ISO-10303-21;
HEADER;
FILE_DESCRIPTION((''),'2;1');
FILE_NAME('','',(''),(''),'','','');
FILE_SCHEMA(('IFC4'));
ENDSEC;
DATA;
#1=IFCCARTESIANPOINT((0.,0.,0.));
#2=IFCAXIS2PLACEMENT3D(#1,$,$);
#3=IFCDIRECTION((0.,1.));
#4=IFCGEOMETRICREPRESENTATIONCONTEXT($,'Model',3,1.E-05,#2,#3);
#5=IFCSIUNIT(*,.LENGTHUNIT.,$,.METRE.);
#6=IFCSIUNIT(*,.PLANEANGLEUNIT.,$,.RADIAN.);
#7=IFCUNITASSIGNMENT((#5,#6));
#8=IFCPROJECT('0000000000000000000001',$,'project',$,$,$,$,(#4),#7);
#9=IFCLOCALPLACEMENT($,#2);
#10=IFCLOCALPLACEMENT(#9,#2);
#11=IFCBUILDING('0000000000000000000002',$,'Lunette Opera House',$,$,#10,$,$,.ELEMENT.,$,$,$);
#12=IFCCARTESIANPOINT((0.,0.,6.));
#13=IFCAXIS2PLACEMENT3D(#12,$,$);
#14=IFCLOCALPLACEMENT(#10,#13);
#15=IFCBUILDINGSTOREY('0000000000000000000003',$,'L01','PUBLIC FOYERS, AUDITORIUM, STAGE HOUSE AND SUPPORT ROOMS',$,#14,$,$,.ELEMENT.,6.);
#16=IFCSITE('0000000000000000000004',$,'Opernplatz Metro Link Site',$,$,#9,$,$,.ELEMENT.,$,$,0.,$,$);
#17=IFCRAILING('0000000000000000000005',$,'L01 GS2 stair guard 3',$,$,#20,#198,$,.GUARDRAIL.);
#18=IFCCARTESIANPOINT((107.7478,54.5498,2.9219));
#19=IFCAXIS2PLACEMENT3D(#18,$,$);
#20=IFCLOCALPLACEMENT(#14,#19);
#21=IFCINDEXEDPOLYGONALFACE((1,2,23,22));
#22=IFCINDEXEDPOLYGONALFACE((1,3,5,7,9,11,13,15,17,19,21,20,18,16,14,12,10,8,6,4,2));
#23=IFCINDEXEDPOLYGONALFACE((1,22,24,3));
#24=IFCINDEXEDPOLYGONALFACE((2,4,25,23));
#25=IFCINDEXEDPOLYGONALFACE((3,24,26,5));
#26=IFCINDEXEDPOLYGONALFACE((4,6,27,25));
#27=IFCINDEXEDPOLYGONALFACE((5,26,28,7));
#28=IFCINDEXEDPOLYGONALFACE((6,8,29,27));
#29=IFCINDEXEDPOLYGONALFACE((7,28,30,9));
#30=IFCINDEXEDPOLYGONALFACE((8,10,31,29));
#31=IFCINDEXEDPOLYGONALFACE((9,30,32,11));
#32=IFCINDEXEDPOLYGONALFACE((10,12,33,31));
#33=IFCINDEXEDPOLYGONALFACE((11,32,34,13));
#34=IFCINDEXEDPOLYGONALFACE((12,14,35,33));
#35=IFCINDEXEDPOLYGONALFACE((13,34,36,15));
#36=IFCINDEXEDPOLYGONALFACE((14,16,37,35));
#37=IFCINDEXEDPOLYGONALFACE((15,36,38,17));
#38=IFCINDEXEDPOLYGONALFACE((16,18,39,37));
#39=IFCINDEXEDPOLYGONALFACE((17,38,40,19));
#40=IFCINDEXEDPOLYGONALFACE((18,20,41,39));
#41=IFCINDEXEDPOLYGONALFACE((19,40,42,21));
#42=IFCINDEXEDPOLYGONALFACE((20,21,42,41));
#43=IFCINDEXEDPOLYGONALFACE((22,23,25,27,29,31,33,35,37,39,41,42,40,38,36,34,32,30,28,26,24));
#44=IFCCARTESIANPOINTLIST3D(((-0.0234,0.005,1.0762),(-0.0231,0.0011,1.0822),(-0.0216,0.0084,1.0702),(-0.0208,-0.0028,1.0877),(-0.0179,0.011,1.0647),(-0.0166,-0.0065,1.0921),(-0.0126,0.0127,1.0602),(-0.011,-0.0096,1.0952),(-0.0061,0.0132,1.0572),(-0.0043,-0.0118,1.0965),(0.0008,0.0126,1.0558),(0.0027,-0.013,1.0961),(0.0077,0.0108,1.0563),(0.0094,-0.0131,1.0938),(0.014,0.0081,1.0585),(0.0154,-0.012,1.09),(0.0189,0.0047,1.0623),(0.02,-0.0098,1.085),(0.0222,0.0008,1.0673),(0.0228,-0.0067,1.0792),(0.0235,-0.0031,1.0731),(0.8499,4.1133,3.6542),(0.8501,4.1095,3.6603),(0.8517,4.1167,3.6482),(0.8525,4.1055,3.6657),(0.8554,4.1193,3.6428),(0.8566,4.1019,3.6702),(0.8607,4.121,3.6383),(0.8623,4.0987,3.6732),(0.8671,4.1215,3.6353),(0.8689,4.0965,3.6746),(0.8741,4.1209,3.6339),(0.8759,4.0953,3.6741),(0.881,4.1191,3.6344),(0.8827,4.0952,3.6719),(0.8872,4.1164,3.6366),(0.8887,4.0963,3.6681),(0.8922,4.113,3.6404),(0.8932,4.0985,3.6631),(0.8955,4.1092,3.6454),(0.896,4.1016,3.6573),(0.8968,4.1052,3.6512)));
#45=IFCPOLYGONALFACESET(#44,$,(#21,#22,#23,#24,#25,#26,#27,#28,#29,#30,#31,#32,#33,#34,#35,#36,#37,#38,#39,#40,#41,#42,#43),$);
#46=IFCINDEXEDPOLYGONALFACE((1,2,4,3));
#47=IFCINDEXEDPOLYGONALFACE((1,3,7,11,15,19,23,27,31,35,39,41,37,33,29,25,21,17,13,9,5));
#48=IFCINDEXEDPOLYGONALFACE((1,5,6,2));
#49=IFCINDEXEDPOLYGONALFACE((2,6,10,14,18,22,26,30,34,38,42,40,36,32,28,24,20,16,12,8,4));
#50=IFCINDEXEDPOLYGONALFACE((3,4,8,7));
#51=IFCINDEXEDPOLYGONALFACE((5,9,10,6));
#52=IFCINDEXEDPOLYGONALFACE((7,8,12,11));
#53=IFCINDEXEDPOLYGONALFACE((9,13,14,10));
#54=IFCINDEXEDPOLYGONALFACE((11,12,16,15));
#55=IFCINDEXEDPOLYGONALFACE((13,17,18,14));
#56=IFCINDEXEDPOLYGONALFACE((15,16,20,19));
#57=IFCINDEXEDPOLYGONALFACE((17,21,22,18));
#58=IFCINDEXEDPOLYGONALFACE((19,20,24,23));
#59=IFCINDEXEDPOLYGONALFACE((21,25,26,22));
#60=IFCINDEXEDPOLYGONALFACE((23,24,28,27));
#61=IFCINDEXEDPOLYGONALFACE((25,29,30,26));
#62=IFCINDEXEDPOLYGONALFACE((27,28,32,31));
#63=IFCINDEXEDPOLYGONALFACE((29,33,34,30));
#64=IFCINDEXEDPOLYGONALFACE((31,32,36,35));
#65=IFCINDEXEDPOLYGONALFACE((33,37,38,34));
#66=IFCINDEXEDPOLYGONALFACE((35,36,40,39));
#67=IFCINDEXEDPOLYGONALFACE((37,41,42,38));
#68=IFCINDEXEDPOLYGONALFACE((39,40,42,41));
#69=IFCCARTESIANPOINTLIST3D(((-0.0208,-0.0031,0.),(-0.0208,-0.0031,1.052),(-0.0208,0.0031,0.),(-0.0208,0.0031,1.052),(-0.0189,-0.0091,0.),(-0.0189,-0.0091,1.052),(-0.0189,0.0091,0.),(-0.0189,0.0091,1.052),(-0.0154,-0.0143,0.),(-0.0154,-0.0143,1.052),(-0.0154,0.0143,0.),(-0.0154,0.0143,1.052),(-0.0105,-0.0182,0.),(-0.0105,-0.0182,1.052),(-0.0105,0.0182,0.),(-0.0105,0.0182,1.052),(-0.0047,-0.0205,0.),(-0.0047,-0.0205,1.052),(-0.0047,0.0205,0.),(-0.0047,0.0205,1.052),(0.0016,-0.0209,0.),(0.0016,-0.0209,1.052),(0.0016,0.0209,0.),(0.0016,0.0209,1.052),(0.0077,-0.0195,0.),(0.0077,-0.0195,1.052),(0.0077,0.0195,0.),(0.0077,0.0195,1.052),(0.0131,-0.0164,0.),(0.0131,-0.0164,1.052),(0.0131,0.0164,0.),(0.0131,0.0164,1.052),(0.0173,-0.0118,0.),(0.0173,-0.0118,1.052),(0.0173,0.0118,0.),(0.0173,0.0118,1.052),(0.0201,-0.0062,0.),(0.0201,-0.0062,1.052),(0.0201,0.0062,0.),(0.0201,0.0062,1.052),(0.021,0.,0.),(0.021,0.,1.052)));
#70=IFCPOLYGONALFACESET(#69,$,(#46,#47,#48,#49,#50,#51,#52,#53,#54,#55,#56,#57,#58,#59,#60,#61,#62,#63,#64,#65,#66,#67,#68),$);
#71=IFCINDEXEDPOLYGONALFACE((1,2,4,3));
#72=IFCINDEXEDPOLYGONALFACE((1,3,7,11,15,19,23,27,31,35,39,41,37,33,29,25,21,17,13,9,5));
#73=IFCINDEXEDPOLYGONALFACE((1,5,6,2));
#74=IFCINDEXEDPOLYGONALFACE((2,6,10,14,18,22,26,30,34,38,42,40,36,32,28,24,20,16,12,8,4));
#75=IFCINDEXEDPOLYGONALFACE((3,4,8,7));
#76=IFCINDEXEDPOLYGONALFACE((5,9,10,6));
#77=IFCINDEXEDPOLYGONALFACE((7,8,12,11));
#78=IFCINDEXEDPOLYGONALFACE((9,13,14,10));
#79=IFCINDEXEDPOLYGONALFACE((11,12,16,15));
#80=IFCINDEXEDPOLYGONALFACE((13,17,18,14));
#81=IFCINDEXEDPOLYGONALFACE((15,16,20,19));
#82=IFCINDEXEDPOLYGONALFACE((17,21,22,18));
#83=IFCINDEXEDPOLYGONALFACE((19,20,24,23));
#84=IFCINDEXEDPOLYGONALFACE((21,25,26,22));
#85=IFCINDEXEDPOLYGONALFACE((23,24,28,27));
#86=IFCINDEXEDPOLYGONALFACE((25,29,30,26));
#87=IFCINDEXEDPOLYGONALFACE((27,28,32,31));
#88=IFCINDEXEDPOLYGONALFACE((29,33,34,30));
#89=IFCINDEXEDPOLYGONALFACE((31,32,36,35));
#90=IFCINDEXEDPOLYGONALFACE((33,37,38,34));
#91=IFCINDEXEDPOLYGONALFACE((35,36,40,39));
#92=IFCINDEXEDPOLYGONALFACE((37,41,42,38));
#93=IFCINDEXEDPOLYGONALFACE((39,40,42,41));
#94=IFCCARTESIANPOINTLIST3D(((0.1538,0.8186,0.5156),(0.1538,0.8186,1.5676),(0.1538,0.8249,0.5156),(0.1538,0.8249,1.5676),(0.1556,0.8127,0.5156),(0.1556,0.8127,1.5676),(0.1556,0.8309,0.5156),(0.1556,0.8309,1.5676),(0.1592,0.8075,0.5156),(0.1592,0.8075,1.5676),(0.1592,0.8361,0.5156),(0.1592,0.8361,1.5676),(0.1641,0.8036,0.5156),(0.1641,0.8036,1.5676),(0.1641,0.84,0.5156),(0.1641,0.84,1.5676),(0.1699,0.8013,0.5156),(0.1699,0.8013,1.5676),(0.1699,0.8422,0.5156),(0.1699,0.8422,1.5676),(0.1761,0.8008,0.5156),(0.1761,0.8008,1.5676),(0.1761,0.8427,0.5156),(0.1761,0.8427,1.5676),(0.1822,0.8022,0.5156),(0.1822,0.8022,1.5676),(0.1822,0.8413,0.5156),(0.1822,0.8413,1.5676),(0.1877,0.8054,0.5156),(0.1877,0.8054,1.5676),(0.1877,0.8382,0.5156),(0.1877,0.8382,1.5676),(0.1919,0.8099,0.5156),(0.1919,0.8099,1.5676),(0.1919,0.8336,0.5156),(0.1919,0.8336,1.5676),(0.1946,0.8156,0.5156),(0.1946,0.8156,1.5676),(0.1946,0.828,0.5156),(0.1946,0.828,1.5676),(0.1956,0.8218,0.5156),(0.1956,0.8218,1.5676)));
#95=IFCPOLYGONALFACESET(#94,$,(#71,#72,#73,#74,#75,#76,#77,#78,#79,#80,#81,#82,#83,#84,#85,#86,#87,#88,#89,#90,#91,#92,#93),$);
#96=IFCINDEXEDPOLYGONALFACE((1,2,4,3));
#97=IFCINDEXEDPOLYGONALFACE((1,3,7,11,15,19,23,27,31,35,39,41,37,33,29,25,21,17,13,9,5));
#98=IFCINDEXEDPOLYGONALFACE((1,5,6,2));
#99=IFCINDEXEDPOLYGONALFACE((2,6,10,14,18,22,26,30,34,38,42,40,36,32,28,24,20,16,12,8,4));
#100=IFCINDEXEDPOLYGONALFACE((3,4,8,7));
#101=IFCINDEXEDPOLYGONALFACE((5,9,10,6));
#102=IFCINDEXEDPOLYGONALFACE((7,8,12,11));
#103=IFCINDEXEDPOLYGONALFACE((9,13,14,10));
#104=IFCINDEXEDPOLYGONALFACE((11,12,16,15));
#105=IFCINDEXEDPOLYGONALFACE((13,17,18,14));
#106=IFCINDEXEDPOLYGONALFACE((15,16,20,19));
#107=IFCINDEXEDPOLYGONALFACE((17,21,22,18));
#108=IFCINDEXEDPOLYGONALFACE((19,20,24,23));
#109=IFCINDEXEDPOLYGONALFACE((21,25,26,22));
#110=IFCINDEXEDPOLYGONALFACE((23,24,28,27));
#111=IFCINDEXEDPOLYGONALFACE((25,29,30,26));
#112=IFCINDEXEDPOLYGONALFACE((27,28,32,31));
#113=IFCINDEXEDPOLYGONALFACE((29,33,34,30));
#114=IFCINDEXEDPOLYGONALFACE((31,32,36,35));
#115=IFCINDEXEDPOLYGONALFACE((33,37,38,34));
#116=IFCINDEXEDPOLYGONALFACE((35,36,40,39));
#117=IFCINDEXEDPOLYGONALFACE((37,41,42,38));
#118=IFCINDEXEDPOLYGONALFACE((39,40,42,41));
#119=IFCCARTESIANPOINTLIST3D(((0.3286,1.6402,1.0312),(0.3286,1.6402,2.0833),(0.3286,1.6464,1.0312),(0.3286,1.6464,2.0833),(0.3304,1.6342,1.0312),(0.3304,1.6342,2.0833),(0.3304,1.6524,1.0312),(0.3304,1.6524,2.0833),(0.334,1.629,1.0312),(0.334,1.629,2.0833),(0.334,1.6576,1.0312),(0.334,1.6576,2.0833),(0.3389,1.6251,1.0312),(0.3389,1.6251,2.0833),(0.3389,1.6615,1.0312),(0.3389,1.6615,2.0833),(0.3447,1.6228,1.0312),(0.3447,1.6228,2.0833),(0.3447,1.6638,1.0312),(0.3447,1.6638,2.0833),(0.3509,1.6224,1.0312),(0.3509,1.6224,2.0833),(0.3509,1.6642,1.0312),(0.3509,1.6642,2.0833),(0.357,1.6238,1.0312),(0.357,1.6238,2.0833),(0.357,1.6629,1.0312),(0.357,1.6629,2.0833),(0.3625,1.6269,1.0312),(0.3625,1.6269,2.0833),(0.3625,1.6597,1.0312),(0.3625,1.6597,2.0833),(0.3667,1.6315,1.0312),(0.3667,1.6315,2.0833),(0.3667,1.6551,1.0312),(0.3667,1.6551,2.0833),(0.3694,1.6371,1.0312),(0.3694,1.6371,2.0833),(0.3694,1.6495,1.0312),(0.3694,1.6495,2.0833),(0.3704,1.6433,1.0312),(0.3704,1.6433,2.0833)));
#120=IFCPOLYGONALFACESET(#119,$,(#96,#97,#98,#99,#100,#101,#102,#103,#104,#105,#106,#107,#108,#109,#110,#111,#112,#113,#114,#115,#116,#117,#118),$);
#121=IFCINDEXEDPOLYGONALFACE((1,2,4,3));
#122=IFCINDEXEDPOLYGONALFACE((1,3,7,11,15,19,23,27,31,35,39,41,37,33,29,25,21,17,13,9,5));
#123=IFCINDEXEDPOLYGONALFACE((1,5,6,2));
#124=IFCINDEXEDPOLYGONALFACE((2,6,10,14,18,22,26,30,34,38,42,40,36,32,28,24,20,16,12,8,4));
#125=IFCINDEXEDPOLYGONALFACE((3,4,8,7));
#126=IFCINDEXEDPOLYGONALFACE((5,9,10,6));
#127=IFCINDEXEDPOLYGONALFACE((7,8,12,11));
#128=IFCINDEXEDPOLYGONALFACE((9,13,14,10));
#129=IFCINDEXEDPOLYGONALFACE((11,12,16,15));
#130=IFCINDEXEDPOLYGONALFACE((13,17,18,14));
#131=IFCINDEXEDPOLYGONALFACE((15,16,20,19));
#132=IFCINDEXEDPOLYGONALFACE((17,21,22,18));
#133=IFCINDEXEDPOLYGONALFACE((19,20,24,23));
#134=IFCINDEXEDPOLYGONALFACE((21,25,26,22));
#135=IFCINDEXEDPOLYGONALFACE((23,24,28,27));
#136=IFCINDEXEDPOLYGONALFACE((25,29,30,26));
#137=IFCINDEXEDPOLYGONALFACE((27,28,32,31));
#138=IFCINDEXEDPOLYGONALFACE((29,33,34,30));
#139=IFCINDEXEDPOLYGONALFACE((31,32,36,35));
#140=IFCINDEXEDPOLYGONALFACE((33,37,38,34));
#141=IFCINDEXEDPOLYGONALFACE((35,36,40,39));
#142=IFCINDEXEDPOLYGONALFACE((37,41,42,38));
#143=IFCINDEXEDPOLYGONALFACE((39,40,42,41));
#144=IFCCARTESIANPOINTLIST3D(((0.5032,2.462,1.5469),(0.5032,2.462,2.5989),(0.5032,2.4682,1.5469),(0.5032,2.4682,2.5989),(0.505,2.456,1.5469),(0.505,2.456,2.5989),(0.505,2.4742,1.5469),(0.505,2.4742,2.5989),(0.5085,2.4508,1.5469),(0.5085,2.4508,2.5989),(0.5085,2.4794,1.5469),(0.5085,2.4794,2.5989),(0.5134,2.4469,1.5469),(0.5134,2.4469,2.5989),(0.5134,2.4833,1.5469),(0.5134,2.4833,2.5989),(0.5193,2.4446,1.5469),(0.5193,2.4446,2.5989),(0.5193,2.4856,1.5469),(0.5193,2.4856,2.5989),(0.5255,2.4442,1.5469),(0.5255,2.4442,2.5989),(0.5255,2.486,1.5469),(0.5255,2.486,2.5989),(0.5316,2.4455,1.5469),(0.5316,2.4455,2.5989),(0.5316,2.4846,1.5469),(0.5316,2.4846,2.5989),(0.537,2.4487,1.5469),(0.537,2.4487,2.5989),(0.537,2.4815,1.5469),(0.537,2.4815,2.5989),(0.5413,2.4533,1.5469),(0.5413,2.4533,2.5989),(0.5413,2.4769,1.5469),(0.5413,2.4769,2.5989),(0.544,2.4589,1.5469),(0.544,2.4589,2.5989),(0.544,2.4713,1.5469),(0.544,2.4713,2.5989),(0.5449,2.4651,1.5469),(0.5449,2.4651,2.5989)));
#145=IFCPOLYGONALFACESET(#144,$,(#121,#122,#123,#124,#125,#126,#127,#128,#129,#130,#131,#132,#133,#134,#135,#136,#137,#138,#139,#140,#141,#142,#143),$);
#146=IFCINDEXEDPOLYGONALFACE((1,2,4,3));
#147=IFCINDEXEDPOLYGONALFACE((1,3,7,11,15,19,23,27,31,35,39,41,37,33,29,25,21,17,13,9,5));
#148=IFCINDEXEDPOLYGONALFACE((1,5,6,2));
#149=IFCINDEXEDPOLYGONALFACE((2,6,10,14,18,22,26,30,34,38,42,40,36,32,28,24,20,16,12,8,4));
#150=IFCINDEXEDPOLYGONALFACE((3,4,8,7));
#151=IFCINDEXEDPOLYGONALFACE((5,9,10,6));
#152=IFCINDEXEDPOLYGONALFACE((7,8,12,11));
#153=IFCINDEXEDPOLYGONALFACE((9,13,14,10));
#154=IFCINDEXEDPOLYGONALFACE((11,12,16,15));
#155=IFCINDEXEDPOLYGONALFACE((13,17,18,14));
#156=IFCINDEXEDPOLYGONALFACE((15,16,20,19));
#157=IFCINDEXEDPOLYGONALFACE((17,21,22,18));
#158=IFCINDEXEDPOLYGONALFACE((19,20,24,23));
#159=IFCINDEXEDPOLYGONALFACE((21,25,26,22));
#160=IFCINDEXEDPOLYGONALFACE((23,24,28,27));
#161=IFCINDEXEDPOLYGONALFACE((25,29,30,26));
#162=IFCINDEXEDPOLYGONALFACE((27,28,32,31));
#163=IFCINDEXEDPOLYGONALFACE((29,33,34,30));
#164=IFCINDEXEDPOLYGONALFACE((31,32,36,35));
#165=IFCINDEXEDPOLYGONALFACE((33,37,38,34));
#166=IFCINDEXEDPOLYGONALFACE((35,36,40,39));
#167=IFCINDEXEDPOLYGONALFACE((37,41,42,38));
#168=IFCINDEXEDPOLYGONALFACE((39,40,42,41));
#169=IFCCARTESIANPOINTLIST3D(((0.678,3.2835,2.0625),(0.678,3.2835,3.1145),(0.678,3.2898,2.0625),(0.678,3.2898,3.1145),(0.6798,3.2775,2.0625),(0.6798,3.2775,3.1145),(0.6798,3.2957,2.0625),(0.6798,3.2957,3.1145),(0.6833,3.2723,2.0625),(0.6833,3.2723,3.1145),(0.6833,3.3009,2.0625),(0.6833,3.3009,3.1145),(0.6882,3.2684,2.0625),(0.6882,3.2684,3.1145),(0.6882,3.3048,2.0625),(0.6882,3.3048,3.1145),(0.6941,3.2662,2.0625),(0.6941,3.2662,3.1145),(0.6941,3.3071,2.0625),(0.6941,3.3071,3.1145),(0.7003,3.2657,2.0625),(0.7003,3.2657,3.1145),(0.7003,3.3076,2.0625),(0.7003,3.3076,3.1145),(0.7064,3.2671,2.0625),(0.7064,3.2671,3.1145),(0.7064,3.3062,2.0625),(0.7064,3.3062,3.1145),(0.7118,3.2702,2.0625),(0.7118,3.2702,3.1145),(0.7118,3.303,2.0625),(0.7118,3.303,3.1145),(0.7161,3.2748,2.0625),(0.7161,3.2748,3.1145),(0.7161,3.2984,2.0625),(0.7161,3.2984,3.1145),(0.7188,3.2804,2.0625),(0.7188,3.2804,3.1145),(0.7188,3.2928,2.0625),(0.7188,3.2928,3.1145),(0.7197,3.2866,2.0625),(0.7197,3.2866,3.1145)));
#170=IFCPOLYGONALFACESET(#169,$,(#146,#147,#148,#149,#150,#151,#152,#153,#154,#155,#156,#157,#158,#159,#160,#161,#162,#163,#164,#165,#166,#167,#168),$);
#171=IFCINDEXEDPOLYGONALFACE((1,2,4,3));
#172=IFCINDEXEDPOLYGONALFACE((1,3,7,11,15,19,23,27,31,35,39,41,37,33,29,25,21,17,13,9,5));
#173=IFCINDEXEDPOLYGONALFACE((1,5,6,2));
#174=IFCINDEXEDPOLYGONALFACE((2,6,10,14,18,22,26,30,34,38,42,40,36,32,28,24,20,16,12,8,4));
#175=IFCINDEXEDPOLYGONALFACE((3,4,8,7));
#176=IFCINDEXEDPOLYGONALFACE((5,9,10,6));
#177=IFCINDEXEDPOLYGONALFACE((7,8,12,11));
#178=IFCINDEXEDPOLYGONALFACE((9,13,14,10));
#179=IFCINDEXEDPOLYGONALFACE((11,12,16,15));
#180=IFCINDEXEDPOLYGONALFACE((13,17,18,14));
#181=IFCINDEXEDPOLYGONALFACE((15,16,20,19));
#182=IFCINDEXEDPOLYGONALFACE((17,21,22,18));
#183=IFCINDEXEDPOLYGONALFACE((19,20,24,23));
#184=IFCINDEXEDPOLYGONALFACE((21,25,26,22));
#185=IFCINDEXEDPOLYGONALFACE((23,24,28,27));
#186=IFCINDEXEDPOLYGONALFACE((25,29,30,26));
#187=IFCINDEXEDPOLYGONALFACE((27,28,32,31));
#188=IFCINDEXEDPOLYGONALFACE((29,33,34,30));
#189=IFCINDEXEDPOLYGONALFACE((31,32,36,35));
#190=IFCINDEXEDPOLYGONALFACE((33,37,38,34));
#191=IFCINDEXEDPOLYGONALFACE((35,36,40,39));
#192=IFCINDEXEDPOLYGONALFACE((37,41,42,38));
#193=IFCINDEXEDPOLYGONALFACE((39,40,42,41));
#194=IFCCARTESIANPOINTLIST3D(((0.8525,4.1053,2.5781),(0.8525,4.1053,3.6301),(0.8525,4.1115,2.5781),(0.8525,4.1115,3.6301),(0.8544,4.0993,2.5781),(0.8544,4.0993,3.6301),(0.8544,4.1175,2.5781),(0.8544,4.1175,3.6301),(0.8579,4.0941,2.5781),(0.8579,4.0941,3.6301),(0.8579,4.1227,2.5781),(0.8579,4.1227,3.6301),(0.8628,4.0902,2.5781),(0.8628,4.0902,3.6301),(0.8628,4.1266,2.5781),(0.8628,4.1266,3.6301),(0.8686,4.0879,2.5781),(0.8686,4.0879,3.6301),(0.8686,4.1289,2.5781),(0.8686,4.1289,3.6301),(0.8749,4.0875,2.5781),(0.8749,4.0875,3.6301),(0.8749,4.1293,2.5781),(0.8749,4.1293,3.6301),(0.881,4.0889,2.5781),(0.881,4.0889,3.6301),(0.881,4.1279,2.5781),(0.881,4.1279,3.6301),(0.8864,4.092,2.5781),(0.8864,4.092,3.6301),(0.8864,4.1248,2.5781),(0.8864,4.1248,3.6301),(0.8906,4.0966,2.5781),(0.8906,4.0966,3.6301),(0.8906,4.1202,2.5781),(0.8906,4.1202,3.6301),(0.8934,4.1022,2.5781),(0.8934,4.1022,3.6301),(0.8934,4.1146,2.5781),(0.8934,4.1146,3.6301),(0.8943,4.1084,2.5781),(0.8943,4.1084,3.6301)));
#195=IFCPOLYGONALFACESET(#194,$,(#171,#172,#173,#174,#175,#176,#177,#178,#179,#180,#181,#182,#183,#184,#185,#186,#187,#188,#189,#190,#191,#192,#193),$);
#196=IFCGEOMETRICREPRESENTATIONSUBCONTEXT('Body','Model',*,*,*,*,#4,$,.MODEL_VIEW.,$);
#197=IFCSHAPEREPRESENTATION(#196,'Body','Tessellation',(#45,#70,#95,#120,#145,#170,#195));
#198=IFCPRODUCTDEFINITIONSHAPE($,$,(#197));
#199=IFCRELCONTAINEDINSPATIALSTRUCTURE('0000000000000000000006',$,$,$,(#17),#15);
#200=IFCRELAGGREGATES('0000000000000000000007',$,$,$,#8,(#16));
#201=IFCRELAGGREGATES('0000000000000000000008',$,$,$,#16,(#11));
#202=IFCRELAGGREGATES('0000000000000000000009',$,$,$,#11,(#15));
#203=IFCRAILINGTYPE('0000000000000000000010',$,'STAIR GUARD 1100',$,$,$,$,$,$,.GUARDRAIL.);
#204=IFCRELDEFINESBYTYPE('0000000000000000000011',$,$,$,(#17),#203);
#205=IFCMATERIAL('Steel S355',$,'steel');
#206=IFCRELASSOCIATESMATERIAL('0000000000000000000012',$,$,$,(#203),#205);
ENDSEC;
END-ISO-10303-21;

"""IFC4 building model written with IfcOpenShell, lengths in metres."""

from ifc_helpers import new_model, si_unit, direction, frame, origin, origin_2d, place, context, subcontext, project, spatial, circle, extrude, material, type_object, element, save


model = new_model("IFC4")

# Units and contexts
model_context = context("Model", 3, precision=1e-05, world=origin(), true_north=direction((0.0, 1.0)))
body_context = subcontext(model_context, "Body", "Model", "MODEL_VIEW")
ifc_project = project(units=[si_unit("LENGTHUNIT", "METRE"), si_unit("PLANEANGLEUNIT", "RADIAN")], contexts=[model_context])

# Site, building, storey
site_placement = place(None, origin())
site = spatial("IfcSite", under=ifc_project, at=site_placement, Name="Opernplatz Metro Link Site", CompositionType="ELEMENT", RefElevation=0.0)
building_placement = place(site_placement, origin())
building = spatial("IfcBuilding", under=site, at=building_placement, Name="Lunette Opera House", CompositionType="ELEMENT")
storey_placement = place(building_placement, frame((0.0, 0.0, 6.0)))
storey = spatial("IfcBuildingStorey", under=building, at=storey_placement, Name="L01", Description="PUBLIC FOYERS, AUDITORIUM, STAGE HOUSE AND SUPPORT ROOMS", CompositionType="ELEMENT", Elevation=6.0)

# Railing
ifc_material_1 = material(Name="Steel S355", Category="steel")
railing_type_1 = type_object("IfcRailingType", Name="STAIR GUARD 1100", PredefinedType="GUARDRAIL", material=ifc_material_1)
railing_1_placement = place(storey_placement, frame((107.7478, 54.5498, 2.9219)))
element("IfcRailing", 1, at=railing_1_placement, inside=storey, type_object=railing_type_1, Name="L01 GS2 stair guard 3", PredefinedType="GUARDRAIL", context=body_context, shape_type="SweptSolid", body=[
    extrude(circle(Radius=0.0239, at=origin_2d()), frame((0.0, 0.0, 1.0762), z_axis=(0.177199, 0.833631, 0.523125), x_axis=(-0.978146, 0.207917, 0.0)), (0.0, 0.0, 1.0), 4.9282),
    extrude(circle(Radius=0.021, at=origin_2d()), origin(), (0.0, 0.0, 1.0), 1.052),
    extrude(circle(Radius=0.021, at=origin_2d()), frame((0.1746, 0.8218, 0.5156)), (0.0, 0.0, 1.0), 1.052),
    extrude(circle(Radius=0.021, at=origin_2d()), frame((0.3494, 1.6433, 1.0312)), (0.0, 0.0, 1.0), 1.052),
    extrude(circle(Radius=0.021, at=origin_2d()), frame((0.5239, 2.4651, 1.5469)), (0.0, 0.0, 1.0), 1.052),
    extrude(circle(Radius=0.021, at=origin_2d()), frame((0.6987, 3.2866, 2.0625)), (0.0, 0.0, 1.0), 1.052),
    extrude(circle(Radius=0.021, at=origin_2d()), frame((0.8733, 4.1084, 2.5781)), (0.0, 0.0, 1.0), 1.052),
])

save(model, "model.ifc")
